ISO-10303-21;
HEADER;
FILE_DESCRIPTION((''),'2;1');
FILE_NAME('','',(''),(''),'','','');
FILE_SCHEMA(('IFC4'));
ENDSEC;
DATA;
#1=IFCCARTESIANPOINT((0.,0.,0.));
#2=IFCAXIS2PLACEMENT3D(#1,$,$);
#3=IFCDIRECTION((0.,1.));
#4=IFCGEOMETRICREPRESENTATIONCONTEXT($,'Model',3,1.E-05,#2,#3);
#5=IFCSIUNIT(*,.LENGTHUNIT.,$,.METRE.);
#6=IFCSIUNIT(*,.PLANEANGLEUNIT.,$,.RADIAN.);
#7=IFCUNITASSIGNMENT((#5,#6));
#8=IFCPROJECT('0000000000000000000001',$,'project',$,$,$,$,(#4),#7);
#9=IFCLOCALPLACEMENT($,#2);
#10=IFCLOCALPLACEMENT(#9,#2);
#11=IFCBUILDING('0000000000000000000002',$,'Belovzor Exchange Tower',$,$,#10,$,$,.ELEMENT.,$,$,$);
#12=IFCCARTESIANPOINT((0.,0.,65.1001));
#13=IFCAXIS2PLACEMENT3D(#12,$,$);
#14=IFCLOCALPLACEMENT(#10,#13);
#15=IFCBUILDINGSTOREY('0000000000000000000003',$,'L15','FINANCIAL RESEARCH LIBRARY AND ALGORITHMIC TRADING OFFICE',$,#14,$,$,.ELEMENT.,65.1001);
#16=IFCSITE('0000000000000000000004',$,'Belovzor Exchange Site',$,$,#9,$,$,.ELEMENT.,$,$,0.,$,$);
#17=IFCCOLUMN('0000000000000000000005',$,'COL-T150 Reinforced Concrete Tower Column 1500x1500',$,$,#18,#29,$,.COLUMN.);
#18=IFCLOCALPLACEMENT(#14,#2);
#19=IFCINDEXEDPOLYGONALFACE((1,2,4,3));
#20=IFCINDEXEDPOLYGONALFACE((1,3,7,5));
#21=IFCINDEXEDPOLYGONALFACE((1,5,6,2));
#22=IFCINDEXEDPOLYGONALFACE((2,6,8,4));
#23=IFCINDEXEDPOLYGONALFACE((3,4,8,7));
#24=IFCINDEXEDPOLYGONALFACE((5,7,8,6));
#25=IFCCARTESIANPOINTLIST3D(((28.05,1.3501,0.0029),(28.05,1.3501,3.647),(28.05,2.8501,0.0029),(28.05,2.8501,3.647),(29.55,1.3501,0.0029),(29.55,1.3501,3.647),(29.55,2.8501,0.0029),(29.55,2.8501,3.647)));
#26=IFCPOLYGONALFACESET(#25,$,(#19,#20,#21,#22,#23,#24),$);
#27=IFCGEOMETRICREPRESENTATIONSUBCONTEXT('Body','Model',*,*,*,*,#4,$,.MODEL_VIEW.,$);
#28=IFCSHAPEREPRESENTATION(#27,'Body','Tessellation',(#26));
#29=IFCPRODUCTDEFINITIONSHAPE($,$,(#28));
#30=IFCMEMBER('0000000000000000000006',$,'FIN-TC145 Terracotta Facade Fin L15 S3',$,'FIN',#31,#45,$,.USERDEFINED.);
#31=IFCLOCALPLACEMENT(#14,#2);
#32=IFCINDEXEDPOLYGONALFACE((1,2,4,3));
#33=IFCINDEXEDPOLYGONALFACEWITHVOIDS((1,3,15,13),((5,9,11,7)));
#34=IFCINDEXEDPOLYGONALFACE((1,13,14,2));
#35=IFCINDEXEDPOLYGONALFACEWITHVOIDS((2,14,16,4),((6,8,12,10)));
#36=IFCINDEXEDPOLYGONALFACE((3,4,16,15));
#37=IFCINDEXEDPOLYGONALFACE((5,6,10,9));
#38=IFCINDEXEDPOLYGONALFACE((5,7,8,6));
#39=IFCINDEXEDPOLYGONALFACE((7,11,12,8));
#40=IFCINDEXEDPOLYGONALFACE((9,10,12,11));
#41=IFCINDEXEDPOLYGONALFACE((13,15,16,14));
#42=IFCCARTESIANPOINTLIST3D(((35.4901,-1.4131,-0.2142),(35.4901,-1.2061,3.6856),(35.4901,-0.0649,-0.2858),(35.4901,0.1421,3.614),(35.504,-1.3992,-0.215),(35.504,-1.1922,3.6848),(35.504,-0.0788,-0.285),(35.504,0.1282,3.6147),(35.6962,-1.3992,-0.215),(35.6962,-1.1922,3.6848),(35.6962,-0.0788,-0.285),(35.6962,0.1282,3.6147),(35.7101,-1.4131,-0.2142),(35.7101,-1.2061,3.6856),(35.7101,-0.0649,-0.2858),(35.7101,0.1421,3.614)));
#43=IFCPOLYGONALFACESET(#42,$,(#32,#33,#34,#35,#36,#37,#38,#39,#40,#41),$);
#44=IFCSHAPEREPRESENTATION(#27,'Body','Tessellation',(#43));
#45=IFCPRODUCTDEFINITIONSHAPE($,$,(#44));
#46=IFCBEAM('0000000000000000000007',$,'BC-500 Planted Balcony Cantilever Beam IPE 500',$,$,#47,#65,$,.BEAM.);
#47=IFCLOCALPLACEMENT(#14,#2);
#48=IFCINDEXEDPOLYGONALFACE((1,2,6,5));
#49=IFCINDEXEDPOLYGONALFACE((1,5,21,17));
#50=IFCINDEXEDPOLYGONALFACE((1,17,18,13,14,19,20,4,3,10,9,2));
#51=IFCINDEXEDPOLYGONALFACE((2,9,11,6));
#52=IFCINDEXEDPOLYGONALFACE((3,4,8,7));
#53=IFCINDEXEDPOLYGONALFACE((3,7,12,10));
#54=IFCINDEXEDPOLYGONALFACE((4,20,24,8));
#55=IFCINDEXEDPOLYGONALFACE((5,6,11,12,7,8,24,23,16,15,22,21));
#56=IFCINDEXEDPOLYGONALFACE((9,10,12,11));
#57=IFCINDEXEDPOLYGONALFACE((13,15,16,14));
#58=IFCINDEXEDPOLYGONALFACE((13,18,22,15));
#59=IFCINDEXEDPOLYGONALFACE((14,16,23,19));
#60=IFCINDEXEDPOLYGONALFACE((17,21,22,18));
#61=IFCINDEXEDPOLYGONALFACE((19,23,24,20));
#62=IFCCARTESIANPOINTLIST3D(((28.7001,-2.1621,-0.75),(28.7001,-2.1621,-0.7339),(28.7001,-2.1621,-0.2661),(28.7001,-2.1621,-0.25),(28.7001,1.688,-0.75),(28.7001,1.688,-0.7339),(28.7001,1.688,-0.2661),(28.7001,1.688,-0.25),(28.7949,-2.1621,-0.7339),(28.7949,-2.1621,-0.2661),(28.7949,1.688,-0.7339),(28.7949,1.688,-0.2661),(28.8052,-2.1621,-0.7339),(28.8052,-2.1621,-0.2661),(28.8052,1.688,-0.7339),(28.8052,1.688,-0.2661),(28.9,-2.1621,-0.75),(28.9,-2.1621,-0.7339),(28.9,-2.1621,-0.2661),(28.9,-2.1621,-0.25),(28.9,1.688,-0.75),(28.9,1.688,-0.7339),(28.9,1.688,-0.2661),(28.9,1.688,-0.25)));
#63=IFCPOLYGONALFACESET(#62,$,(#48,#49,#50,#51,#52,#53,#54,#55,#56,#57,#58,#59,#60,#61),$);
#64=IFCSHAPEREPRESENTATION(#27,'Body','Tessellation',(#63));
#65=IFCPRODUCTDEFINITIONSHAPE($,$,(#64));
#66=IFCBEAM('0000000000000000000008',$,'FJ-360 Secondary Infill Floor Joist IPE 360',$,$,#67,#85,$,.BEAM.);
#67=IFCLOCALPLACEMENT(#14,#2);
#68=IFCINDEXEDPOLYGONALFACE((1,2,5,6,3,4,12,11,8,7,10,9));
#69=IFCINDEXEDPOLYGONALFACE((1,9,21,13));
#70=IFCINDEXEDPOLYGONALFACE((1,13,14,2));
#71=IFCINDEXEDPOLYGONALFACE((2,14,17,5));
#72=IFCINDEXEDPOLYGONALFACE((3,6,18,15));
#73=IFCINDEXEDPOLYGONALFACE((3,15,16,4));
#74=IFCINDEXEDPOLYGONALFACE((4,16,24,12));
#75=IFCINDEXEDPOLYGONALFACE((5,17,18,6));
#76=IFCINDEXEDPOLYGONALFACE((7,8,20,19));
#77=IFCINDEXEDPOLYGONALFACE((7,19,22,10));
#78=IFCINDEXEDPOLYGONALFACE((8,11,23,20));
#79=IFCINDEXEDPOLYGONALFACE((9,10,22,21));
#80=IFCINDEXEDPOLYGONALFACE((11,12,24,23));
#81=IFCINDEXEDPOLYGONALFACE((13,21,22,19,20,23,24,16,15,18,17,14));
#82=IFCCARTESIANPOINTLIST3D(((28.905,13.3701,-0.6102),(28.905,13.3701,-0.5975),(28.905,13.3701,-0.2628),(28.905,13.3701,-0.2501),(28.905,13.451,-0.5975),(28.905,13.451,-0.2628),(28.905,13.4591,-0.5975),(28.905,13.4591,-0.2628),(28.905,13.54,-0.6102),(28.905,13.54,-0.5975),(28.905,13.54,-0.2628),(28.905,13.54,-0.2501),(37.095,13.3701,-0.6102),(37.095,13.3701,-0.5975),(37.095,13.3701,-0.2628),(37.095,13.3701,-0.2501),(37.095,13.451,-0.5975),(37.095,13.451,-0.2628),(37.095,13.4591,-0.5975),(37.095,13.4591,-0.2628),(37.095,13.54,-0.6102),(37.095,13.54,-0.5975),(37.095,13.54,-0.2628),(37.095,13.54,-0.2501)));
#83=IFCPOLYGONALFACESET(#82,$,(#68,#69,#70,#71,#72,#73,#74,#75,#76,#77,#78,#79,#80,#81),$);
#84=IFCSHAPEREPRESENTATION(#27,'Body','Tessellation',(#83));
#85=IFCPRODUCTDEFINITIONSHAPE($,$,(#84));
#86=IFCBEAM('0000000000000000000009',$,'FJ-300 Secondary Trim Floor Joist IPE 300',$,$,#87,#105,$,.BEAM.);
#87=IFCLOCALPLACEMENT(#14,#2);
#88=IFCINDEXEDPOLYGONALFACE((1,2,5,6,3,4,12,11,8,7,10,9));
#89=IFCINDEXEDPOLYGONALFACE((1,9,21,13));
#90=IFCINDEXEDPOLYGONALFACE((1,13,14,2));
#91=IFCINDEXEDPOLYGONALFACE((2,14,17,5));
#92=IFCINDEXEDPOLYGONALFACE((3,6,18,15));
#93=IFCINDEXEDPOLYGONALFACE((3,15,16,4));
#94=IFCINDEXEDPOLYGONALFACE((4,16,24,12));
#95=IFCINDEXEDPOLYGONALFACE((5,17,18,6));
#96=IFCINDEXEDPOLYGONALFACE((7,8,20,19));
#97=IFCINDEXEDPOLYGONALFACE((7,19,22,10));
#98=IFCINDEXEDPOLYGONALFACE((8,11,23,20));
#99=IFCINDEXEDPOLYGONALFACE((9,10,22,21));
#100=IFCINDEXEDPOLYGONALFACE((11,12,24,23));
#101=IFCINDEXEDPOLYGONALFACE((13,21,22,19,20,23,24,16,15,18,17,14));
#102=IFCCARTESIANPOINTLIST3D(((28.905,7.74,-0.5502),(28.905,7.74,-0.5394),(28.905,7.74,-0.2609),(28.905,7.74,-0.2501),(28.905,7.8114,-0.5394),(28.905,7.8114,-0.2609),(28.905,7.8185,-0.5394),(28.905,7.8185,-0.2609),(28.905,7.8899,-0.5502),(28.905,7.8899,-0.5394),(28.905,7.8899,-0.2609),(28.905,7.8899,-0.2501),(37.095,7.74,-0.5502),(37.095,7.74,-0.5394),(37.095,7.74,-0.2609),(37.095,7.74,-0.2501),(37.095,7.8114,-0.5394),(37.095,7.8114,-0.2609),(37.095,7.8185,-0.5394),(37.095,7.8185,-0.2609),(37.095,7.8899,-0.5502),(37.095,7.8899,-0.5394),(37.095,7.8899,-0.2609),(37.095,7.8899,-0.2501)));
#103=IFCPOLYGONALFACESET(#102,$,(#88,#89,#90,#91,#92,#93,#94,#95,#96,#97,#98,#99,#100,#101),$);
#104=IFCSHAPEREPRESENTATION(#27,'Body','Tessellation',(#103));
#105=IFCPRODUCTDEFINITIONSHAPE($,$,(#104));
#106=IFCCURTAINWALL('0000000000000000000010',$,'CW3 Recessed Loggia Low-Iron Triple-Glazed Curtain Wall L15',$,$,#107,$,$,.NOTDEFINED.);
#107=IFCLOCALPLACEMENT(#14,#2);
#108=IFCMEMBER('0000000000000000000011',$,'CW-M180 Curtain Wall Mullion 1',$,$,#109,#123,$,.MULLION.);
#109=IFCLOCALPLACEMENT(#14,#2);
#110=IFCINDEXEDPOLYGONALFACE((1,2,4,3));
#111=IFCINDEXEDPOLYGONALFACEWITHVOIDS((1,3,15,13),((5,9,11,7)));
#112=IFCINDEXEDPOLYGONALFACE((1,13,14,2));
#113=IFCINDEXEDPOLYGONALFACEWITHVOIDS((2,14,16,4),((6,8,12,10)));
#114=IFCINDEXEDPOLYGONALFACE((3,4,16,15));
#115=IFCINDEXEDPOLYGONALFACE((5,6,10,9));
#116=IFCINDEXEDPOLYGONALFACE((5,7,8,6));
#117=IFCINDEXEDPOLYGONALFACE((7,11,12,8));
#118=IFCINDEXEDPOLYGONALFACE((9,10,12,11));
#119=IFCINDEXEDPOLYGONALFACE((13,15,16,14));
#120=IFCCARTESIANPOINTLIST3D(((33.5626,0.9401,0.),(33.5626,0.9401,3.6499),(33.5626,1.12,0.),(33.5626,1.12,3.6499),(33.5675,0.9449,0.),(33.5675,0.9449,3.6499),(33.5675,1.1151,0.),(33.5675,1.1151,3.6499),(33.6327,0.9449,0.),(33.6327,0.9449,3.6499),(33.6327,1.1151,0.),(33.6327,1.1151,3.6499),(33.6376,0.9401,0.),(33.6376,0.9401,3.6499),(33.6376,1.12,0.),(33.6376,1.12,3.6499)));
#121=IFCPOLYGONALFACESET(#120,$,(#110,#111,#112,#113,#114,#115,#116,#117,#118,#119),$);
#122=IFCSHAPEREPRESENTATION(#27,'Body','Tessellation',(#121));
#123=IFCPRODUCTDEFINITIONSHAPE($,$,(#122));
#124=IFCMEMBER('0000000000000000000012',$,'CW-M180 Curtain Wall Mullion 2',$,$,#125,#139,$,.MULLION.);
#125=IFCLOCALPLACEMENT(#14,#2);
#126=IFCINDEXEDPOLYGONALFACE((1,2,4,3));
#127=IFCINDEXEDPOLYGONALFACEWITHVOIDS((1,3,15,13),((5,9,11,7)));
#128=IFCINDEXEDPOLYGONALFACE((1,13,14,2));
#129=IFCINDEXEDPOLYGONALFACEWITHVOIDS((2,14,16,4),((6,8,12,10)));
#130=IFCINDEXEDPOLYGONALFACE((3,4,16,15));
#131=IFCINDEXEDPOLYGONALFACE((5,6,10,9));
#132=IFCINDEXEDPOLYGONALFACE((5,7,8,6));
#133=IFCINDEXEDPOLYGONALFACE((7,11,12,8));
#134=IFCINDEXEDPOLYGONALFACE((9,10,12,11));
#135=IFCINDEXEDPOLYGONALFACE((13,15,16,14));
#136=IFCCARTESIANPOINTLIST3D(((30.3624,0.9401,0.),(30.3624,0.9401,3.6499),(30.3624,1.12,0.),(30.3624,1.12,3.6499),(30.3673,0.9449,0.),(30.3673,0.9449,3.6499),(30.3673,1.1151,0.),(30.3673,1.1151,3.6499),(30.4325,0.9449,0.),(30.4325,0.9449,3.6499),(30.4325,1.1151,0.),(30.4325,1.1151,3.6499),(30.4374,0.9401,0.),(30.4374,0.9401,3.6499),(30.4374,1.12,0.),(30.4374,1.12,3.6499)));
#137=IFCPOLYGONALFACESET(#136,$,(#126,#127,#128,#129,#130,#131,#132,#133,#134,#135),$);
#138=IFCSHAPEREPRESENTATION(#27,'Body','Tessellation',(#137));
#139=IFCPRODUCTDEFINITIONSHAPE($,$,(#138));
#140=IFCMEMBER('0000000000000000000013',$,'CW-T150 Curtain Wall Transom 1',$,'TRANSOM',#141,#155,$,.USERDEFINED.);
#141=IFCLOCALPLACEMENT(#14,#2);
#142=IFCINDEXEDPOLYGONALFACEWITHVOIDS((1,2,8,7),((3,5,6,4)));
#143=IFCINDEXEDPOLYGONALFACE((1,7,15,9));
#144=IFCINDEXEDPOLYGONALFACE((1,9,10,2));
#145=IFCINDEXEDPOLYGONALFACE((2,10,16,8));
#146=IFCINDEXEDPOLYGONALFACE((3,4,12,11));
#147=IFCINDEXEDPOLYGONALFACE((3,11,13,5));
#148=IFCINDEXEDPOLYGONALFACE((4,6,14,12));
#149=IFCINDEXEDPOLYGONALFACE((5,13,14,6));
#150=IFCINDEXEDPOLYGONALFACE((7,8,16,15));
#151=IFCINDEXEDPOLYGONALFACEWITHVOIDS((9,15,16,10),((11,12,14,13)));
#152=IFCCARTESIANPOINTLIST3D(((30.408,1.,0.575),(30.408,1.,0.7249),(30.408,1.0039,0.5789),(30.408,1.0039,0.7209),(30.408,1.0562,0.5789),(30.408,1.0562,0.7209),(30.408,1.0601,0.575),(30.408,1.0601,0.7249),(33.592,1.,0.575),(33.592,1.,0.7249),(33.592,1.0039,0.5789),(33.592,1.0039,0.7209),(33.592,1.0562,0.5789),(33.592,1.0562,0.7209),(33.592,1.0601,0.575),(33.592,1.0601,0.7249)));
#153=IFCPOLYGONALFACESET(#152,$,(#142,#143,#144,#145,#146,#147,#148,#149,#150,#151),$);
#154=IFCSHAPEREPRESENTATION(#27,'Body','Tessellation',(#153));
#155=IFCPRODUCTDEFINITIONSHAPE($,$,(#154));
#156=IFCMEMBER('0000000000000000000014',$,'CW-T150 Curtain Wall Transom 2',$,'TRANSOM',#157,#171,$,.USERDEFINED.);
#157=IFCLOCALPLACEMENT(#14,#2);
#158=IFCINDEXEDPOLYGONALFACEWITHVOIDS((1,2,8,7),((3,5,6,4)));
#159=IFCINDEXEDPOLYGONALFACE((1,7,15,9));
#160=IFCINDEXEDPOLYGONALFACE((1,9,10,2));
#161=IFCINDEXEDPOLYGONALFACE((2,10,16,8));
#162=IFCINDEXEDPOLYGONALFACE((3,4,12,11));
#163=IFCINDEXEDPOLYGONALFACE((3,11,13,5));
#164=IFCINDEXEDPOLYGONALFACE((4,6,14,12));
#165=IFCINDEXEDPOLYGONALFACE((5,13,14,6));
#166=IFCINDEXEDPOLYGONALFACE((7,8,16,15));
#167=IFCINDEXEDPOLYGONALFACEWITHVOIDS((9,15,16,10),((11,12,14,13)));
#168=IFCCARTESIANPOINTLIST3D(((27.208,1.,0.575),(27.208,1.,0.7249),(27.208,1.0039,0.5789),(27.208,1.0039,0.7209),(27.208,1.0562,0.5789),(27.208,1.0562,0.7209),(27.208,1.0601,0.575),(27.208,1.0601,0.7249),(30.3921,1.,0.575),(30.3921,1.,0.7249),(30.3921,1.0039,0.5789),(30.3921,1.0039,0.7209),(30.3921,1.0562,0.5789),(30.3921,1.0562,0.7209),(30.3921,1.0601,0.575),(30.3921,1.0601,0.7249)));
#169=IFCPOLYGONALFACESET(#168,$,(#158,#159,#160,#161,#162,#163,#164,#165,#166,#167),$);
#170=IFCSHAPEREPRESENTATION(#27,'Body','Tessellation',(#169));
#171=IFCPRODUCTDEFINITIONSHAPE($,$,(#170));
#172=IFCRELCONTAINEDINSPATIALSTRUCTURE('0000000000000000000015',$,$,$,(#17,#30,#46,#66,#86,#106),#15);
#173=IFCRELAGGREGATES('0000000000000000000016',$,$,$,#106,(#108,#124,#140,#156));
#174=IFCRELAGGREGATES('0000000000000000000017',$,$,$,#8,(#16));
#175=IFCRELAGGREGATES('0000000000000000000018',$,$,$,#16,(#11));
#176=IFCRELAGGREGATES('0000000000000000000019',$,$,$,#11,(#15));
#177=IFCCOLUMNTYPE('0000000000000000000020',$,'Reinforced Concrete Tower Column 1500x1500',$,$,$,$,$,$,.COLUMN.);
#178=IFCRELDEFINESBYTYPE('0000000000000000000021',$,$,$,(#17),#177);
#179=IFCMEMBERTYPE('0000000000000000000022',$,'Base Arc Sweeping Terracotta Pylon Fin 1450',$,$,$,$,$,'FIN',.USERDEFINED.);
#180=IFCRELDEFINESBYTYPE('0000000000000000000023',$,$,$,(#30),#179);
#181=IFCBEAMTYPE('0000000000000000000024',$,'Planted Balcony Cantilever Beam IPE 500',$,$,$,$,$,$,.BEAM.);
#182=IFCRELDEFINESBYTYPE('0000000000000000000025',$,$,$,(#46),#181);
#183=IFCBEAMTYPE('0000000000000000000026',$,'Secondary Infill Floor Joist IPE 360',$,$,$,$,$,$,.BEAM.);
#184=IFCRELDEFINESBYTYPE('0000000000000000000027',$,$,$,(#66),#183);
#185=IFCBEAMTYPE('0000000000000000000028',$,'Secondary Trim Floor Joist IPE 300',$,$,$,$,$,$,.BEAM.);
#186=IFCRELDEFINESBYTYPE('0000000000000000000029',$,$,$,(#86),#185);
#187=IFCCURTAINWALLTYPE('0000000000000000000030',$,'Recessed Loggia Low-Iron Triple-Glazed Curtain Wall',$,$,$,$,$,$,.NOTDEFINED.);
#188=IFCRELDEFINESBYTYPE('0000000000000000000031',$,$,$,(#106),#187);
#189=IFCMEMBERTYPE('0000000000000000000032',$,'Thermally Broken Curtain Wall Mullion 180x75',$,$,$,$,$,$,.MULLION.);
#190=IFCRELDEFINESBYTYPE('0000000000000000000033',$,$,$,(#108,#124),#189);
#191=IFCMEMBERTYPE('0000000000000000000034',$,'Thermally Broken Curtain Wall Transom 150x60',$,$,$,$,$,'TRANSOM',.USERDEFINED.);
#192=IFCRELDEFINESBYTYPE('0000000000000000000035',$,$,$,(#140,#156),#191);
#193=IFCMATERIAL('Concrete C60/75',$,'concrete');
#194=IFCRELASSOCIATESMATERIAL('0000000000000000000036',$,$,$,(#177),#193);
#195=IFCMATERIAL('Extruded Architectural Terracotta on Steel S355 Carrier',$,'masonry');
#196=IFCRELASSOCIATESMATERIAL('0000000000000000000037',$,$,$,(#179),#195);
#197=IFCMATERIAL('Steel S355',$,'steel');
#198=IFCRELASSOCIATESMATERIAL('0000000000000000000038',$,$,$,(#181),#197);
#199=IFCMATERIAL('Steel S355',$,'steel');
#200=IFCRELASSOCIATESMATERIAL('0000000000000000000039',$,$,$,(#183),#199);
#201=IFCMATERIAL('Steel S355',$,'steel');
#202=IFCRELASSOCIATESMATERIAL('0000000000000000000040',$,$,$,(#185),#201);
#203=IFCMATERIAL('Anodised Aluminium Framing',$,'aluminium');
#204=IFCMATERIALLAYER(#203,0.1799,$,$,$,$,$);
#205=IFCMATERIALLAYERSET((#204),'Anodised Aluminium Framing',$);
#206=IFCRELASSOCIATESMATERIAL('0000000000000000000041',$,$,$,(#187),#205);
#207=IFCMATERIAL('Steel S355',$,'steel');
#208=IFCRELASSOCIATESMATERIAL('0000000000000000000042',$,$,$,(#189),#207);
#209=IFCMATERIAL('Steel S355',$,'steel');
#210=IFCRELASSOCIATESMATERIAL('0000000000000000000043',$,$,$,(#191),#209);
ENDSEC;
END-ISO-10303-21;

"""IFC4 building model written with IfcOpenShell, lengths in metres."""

from ifc_helpers import new_model, si_unit, direction, frame, origin, origin_2d, place, context, subcontext, project, spatial, rectangle, hollow_rectangle, i_section, extrude, material, layer, layer_set, material_profile, profile_set, type_object, element, aggregate, save


model = new_model("IFC4")

# Units and contexts
model_context = context("Model", 3, precision=1e-05, world=origin(), true_north=direction((0.0, 1.0)))
body_context = subcontext(model_context, "Body", "Model", "MODEL_VIEW")
ifc_project = project(units=[si_unit("LENGTHUNIT", "METRE"), si_unit("PLANEANGLEUNIT", "RADIAN")], contexts=[model_context])

# Site, building, storey
site_placement = place(None, origin())
site = spatial("IfcSite", under=ifc_project, at=site_placement, Name="Belovzor Exchange Site", CompositionType="ELEMENT", RefElevation=0.0)
building_placement = place(site_placement, origin())
building = spatial("IfcBuilding", under=site, at=building_placement, Name="Belovzor Exchange Tower", CompositionType="ELEMENT")
storey_placement = place(building_placement, frame((0.0, 0.0, 65.1001)))
storey = spatial("IfcBuildingStorey", under=building, at=storey_placement, Name="L15", Description="FINANCIAL RESEARCH LIBRARY AND ALGORITHMIC TRADING OFFICE", CompositionType="ELEMENT", Elevation=65.1001)

# Column
ifc_material_1 = material(Name="Concrete C60/75", Category="concrete")
ifc_material_profile_1 = material_profile(ifc_material_1, rectangle(XDim=1.5, YDim=1.5, at=origin_2d()))
ifc_profile_set_1 = profile_set([ifc_material_profile_1], Name="Concrete C60/75")
column_type = type_object("IfcColumnType", Name="Reinforced Concrete Tower Column 1500x1500", PredefinedType="COLUMN", material=ifc_profile_set_1)
column_placement = place(storey_placement, frame((28.8, 2.1001, 0.0029), z_axis=(0.0, 0.0, 1.0), x_axis=(1.0, 0.0, 0.0)))
element("IfcColumn", 1, at=column_placement, inside=storey, type_object=column_type, Name="COL-T150 Reinforced Concrete Tower Column 1500x1500", PredefinedType="COLUMN", context=body_context, shape_type="SweptSolid", body=[
    extrude(rectangle(XDim=1.5, YDim=1.5, at=origin_2d()), origin(), (0.0, 0.0, 1.0), 3.644),
])

# Member
ifc_material_2 = material(Name="Extruded Architectural Terracotta on Steel S355 Carrier", Category="masonry")
ifc_material_profile_2 = material_profile(ifc_material_2, hollow_rectangle(XDim=0.22, YDim=1.3501, WallThickness=0.0139, at=origin_2d()))
ifc_profile_set_2 = profile_set([ifc_material_profile_2], Name="Extruded Architectural Terracotta on Steel S355 Carrier")
member_type_1 = type_object("IfcMemberType", Name="Base Arc Sweeping Terracotta Pylon Fin 1450", ElementType="FIN", PredefinedType="USERDEFINED", material=ifc_profile_set_2)
member_1_placement = place(storey_placement, frame((35.6001, -0.739, -0.25), z_axis=(0.0, 0.053012, 0.998594), x_axis=(-1.0, 0.0, 0.0)))
element("IfcMember", 2, at=member_1_placement, inside=storey, type_object=member_type_1, Name="FIN-TC145 Terracotta Facade Fin L15 S3", ObjectType="FIN", PredefinedType="USERDEFINED", context=body_context, shape_type="SweptSolid", body=[
    extrude(hollow_rectangle(XDim=0.22, YDim=1.3501, WallThickness=0.0139, at=origin_2d()), origin(), (0.0, 0.0, 1.0), 3.9053),
])

# Beams
ifc_material_3 = material(Name="Steel S355", Category="steel")
ifc_material_profile_3 = material_profile(ifc_material_3, i_section(OverallWidth=0.2, OverallDepth=0.5, WebThickness=0.0103, FlangeThickness=0.0161, at=origin_2d()))
ifc_profile_set_3 = profile_set([ifc_material_profile_3], Name="Steel S355")
beam_type_1 = type_object("IfcBeamType", Name="Planted Balcony Cantilever Beam IPE 500", PredefinedType="BEAM", material=ifc_profile_set_3)
beam_1_placement = place(storey_placement, frame((28.8, 1.688, -0.5), z_axis=(0.0, -1.0, 0.0), x_axis=(1.0, 0.0, 0.0)))
element("IfcBeam", 3, at=beam_1_placement, inside=storey, type_object=beam_type_1, Name="BC-500 Planted Balcony Cantilever Beam IPE 500", PredefinedType="BEAM", context=body_context, shape_type="SweptSolid", body=[
    extrude(i_section(OverallWidth=0.2, OverallDepth=0.5, WebThickness=0.0103, FlangeThickness=0.0161, at=origin_2d()), origin(), (0.0, 0.0, 1.0), 3.8501),
])
ifc_material_4 = material(Name="Steel S355", Category="steel")
ifc_material_profile_4 = material_profile(ifc_material_4, i_section(OverallWidth=0.1699, OverallDepth=0.3601, WebThickness=0.0081, FlangeThickness=0.0127, at=origin_2d()))
ifc_profile_set_4 = profile_set([ifc_material_profile_4], Name="Steel S355")
beam_type_2 = type_object("IfcBeamType", Name="Secondary Infill Floor Joist IPE 360", PredefinedType="BEAM", material=ifc_profile_set_4)
beam_2_placement = place(storey_placement, frame((28.905, 13.4551, -0.4302), z_axis=(1.0, 0.0, 0.0), x_axis=(0.0, 1.0, 0.0)))
element("IfcBeam", 4, at=beam_2_placement, inside=storey, type_object=beam_type_2, Name="FJ-360 Secondary Infill Floor Joist IPE 360", PredefinedType="BEAM", context=body_context, shape_type="SweptSolid", body=[
    extrude(i_section(OverallWidth=0.1699, OverallDepth=0.3601, WebThickness=0.0081, FlangeThickness=0.0127, at=origin_2d()), origin(), (0.0, 0.0, 1.0), 8.1899),
])
ifc_material_5 = material(Name="Steel S355", Category="steel")
ifc_material_profile_5 = material_profile(ifc_material_5, i_section(OverallWidth=0.1499, OverallDepth=0.3, WebThickness=0.0071, FlangeThickness=0.0107, at=origin_2d()))
ifc_profile_set_5 = profile_set([ifc_material_profile_5], Name="Steel S355")
beam_type_3 = type_object("IfcBeamType", Name="Secondary Trim Floor Joist IPE 300", PredefinedType="BEAM", material=ifc_profile_set_5)
beam_3_placement = place(storey_placement, frame((28.905, 7.8149, -0.4001), z_axis=(1.0, 0.0, 0.0), x_axis=(0.0, 1.0, 0.0)))
element("IfcBeam", 5, at=beam_3_placement, inside=storey, type_object=beam_type_3, Name="FJ-300 Secondary Trim Floor Joist IPE 300", PredefinedType="BEAM", context=body_context, shape_type="SweptSolid", body=[
    extrude(i_section(OverallWidth=0.1499, OverallDepth=0.3, WebThickness=0.0071, FlangeThickness=0.0107, at=origin_2d()), origin(), (0.0, 0.0, 1.0), 8.1899),
])

# Curtain wall, members
ifc_material_6 = material(Name="Anodised Aluminium Framing", Category="aluminium")
ifc_layer_1 = layer(ifc_material_6, 0.1799)
ifc_layer_set_1 = layer_set([ifc_layer_1], Name="Anodised Aluminium Framing")
curtain_wall_type = type_object("IfcCurtainWallType", Name="Recessed Loggia Low-Iron Triple-Glazed Curtain Wall", PredefinedType="NOTDEFINED", material=ifc_layer_set_1)
curtain_wall_placement = place(storey_placement, origin())
curtain_wall = element("IfcCurtainWall", 6, at=curtain_wall_placement, inside=storey, type_object=curtain_wall_type, Name="CW3 Recessed Loggia Low-Iron Triple-Glazed Curtain Wall L15", PredefinedType="NOTDEFINED")
ifc_material_7 = material(Name="Steel S355", Category="steel")
ifc_material_profile_6 = material_profile(ifc_material_7, hollow_rectangle(XDim=0.075, YDim=0.1799, WallThickness=0.0049, at=origin_2d()))
ifc_profile_set_6 = profile_set([ifc_material_profile_6], Name="Steel S355")
member_type_2 = type_object("IfcMemberType", Name="Thermally Broken Curtain Wall Mullion 180x75", PredefinedType="MULLION", material=ifc_profile_set_6)
member_2_placement = place(storey_placement, frame((33.6001, 1.03, 0.0), z_axis=(0.0, 0.0, 1.0), x_axis=(-1.0, 0.0, 0.0)))
member_2 = element("IfcMember", 7, at=member_2_placement, type_object=member_type_2, Name="CW-M180 Curtain Wall Mullion 1", PredefinedType="MULLION", context=body_context, shape_type="SweptSolid", body=[
    extrude(hollow_rectangle(XDim=0.075, YDim=0.1799, WallThickness=0.0049, at=origin_2d()), origin(), (0.0, 0.0, 1.0), 3.6499),
])
member_3_placement = place(storey_placement, frame((30.3999, 1.03, 0.0), z_axis=(0.0, 0.0, 1.0), x_axis=(-1.0, 0.0, 0.0)))
member_3 = element("IfcMember", 8, at=member_3_placement, type_object=member_type_2, Name="CW-M180 Curtain Wall Mullion 2", PredefinedType="MULLION", context=body_context, shape_type="SweptSolid", body=[
    extrude(hollow_rectangle(XDim=0.075, YDim=0.1799, WallThickness=0.0049, at=origin_2d()), origin(), (0.0, 0.0, 1.0), 3.6499),
])
ifc_material_8 = material(Name="Steel S355", Category="steel")
ifc_material_profile_7 = material_profile(ifc_material_8, hollow_rectangle(XDim=0.0601, YDim=0.1499, WallThickness=0.0039, at=origin_2d()))
ifc_profile_set_7 = profile_set([ifc_material_profile_7], Name="Steel S355")
member_type_3 = type_object("IfcMemberType", Name="Thermally Broken Curtain Wall Transom 150x60", ElementType="TRANSOM", PredefinedType="USERDEFINED", material=ifc_profile_set_7)
member_4_placement = place(storey_placement, frame((33.592, 1.03, 0.6499), z_axis=(-1.0, 0.0, 0.0), x_axis=(0.0, -1.0, 0.0)))
member_4 = element("IfcMember", 9, at=member_4_placement, type_object=member_type_3, Name="CW-T150 Curtain Wall Transom 1", ObjectType="TRANSOM", PredefinedType="USERDEFINED", context=body_context, shape_type="SweptSolid", body=[
    extrude(hollow_rectangle(XDim=0.0601, YDim=0.1499, WallThickness=0.0039, at=origin_2d()), origin(), (0.0, 0.0, 1.0), 3.1841),
])
member_5_placement = place(storey_placement, frame((30.3921, 1.03, 0.6499), z_axis=(-1.0, 0.0, 0.0), x_axis=(0.0, -1.0, 0.0)))
member_5 = element("IfcMember", 10, at=member_5_placement, type_object=member_type_3, Name="CW-T150 Curtain Wall Transom 2", ObjectType="TRANSOM", PredefinedType="USERDEFINED", context=body_context, shape_type="SweptSolid", body=[
    extrude(hollow_rectangle(XDim=0.0601, YDim=0.1499, WallThickness=0.0039, at=origin_2d()), origin(), (0.0, 0.0, 1.0), 3.1841),
])

aggregate(curtain_wall, [member_2, member_3, member_4, member_5])

save(model, "model.ifc")
